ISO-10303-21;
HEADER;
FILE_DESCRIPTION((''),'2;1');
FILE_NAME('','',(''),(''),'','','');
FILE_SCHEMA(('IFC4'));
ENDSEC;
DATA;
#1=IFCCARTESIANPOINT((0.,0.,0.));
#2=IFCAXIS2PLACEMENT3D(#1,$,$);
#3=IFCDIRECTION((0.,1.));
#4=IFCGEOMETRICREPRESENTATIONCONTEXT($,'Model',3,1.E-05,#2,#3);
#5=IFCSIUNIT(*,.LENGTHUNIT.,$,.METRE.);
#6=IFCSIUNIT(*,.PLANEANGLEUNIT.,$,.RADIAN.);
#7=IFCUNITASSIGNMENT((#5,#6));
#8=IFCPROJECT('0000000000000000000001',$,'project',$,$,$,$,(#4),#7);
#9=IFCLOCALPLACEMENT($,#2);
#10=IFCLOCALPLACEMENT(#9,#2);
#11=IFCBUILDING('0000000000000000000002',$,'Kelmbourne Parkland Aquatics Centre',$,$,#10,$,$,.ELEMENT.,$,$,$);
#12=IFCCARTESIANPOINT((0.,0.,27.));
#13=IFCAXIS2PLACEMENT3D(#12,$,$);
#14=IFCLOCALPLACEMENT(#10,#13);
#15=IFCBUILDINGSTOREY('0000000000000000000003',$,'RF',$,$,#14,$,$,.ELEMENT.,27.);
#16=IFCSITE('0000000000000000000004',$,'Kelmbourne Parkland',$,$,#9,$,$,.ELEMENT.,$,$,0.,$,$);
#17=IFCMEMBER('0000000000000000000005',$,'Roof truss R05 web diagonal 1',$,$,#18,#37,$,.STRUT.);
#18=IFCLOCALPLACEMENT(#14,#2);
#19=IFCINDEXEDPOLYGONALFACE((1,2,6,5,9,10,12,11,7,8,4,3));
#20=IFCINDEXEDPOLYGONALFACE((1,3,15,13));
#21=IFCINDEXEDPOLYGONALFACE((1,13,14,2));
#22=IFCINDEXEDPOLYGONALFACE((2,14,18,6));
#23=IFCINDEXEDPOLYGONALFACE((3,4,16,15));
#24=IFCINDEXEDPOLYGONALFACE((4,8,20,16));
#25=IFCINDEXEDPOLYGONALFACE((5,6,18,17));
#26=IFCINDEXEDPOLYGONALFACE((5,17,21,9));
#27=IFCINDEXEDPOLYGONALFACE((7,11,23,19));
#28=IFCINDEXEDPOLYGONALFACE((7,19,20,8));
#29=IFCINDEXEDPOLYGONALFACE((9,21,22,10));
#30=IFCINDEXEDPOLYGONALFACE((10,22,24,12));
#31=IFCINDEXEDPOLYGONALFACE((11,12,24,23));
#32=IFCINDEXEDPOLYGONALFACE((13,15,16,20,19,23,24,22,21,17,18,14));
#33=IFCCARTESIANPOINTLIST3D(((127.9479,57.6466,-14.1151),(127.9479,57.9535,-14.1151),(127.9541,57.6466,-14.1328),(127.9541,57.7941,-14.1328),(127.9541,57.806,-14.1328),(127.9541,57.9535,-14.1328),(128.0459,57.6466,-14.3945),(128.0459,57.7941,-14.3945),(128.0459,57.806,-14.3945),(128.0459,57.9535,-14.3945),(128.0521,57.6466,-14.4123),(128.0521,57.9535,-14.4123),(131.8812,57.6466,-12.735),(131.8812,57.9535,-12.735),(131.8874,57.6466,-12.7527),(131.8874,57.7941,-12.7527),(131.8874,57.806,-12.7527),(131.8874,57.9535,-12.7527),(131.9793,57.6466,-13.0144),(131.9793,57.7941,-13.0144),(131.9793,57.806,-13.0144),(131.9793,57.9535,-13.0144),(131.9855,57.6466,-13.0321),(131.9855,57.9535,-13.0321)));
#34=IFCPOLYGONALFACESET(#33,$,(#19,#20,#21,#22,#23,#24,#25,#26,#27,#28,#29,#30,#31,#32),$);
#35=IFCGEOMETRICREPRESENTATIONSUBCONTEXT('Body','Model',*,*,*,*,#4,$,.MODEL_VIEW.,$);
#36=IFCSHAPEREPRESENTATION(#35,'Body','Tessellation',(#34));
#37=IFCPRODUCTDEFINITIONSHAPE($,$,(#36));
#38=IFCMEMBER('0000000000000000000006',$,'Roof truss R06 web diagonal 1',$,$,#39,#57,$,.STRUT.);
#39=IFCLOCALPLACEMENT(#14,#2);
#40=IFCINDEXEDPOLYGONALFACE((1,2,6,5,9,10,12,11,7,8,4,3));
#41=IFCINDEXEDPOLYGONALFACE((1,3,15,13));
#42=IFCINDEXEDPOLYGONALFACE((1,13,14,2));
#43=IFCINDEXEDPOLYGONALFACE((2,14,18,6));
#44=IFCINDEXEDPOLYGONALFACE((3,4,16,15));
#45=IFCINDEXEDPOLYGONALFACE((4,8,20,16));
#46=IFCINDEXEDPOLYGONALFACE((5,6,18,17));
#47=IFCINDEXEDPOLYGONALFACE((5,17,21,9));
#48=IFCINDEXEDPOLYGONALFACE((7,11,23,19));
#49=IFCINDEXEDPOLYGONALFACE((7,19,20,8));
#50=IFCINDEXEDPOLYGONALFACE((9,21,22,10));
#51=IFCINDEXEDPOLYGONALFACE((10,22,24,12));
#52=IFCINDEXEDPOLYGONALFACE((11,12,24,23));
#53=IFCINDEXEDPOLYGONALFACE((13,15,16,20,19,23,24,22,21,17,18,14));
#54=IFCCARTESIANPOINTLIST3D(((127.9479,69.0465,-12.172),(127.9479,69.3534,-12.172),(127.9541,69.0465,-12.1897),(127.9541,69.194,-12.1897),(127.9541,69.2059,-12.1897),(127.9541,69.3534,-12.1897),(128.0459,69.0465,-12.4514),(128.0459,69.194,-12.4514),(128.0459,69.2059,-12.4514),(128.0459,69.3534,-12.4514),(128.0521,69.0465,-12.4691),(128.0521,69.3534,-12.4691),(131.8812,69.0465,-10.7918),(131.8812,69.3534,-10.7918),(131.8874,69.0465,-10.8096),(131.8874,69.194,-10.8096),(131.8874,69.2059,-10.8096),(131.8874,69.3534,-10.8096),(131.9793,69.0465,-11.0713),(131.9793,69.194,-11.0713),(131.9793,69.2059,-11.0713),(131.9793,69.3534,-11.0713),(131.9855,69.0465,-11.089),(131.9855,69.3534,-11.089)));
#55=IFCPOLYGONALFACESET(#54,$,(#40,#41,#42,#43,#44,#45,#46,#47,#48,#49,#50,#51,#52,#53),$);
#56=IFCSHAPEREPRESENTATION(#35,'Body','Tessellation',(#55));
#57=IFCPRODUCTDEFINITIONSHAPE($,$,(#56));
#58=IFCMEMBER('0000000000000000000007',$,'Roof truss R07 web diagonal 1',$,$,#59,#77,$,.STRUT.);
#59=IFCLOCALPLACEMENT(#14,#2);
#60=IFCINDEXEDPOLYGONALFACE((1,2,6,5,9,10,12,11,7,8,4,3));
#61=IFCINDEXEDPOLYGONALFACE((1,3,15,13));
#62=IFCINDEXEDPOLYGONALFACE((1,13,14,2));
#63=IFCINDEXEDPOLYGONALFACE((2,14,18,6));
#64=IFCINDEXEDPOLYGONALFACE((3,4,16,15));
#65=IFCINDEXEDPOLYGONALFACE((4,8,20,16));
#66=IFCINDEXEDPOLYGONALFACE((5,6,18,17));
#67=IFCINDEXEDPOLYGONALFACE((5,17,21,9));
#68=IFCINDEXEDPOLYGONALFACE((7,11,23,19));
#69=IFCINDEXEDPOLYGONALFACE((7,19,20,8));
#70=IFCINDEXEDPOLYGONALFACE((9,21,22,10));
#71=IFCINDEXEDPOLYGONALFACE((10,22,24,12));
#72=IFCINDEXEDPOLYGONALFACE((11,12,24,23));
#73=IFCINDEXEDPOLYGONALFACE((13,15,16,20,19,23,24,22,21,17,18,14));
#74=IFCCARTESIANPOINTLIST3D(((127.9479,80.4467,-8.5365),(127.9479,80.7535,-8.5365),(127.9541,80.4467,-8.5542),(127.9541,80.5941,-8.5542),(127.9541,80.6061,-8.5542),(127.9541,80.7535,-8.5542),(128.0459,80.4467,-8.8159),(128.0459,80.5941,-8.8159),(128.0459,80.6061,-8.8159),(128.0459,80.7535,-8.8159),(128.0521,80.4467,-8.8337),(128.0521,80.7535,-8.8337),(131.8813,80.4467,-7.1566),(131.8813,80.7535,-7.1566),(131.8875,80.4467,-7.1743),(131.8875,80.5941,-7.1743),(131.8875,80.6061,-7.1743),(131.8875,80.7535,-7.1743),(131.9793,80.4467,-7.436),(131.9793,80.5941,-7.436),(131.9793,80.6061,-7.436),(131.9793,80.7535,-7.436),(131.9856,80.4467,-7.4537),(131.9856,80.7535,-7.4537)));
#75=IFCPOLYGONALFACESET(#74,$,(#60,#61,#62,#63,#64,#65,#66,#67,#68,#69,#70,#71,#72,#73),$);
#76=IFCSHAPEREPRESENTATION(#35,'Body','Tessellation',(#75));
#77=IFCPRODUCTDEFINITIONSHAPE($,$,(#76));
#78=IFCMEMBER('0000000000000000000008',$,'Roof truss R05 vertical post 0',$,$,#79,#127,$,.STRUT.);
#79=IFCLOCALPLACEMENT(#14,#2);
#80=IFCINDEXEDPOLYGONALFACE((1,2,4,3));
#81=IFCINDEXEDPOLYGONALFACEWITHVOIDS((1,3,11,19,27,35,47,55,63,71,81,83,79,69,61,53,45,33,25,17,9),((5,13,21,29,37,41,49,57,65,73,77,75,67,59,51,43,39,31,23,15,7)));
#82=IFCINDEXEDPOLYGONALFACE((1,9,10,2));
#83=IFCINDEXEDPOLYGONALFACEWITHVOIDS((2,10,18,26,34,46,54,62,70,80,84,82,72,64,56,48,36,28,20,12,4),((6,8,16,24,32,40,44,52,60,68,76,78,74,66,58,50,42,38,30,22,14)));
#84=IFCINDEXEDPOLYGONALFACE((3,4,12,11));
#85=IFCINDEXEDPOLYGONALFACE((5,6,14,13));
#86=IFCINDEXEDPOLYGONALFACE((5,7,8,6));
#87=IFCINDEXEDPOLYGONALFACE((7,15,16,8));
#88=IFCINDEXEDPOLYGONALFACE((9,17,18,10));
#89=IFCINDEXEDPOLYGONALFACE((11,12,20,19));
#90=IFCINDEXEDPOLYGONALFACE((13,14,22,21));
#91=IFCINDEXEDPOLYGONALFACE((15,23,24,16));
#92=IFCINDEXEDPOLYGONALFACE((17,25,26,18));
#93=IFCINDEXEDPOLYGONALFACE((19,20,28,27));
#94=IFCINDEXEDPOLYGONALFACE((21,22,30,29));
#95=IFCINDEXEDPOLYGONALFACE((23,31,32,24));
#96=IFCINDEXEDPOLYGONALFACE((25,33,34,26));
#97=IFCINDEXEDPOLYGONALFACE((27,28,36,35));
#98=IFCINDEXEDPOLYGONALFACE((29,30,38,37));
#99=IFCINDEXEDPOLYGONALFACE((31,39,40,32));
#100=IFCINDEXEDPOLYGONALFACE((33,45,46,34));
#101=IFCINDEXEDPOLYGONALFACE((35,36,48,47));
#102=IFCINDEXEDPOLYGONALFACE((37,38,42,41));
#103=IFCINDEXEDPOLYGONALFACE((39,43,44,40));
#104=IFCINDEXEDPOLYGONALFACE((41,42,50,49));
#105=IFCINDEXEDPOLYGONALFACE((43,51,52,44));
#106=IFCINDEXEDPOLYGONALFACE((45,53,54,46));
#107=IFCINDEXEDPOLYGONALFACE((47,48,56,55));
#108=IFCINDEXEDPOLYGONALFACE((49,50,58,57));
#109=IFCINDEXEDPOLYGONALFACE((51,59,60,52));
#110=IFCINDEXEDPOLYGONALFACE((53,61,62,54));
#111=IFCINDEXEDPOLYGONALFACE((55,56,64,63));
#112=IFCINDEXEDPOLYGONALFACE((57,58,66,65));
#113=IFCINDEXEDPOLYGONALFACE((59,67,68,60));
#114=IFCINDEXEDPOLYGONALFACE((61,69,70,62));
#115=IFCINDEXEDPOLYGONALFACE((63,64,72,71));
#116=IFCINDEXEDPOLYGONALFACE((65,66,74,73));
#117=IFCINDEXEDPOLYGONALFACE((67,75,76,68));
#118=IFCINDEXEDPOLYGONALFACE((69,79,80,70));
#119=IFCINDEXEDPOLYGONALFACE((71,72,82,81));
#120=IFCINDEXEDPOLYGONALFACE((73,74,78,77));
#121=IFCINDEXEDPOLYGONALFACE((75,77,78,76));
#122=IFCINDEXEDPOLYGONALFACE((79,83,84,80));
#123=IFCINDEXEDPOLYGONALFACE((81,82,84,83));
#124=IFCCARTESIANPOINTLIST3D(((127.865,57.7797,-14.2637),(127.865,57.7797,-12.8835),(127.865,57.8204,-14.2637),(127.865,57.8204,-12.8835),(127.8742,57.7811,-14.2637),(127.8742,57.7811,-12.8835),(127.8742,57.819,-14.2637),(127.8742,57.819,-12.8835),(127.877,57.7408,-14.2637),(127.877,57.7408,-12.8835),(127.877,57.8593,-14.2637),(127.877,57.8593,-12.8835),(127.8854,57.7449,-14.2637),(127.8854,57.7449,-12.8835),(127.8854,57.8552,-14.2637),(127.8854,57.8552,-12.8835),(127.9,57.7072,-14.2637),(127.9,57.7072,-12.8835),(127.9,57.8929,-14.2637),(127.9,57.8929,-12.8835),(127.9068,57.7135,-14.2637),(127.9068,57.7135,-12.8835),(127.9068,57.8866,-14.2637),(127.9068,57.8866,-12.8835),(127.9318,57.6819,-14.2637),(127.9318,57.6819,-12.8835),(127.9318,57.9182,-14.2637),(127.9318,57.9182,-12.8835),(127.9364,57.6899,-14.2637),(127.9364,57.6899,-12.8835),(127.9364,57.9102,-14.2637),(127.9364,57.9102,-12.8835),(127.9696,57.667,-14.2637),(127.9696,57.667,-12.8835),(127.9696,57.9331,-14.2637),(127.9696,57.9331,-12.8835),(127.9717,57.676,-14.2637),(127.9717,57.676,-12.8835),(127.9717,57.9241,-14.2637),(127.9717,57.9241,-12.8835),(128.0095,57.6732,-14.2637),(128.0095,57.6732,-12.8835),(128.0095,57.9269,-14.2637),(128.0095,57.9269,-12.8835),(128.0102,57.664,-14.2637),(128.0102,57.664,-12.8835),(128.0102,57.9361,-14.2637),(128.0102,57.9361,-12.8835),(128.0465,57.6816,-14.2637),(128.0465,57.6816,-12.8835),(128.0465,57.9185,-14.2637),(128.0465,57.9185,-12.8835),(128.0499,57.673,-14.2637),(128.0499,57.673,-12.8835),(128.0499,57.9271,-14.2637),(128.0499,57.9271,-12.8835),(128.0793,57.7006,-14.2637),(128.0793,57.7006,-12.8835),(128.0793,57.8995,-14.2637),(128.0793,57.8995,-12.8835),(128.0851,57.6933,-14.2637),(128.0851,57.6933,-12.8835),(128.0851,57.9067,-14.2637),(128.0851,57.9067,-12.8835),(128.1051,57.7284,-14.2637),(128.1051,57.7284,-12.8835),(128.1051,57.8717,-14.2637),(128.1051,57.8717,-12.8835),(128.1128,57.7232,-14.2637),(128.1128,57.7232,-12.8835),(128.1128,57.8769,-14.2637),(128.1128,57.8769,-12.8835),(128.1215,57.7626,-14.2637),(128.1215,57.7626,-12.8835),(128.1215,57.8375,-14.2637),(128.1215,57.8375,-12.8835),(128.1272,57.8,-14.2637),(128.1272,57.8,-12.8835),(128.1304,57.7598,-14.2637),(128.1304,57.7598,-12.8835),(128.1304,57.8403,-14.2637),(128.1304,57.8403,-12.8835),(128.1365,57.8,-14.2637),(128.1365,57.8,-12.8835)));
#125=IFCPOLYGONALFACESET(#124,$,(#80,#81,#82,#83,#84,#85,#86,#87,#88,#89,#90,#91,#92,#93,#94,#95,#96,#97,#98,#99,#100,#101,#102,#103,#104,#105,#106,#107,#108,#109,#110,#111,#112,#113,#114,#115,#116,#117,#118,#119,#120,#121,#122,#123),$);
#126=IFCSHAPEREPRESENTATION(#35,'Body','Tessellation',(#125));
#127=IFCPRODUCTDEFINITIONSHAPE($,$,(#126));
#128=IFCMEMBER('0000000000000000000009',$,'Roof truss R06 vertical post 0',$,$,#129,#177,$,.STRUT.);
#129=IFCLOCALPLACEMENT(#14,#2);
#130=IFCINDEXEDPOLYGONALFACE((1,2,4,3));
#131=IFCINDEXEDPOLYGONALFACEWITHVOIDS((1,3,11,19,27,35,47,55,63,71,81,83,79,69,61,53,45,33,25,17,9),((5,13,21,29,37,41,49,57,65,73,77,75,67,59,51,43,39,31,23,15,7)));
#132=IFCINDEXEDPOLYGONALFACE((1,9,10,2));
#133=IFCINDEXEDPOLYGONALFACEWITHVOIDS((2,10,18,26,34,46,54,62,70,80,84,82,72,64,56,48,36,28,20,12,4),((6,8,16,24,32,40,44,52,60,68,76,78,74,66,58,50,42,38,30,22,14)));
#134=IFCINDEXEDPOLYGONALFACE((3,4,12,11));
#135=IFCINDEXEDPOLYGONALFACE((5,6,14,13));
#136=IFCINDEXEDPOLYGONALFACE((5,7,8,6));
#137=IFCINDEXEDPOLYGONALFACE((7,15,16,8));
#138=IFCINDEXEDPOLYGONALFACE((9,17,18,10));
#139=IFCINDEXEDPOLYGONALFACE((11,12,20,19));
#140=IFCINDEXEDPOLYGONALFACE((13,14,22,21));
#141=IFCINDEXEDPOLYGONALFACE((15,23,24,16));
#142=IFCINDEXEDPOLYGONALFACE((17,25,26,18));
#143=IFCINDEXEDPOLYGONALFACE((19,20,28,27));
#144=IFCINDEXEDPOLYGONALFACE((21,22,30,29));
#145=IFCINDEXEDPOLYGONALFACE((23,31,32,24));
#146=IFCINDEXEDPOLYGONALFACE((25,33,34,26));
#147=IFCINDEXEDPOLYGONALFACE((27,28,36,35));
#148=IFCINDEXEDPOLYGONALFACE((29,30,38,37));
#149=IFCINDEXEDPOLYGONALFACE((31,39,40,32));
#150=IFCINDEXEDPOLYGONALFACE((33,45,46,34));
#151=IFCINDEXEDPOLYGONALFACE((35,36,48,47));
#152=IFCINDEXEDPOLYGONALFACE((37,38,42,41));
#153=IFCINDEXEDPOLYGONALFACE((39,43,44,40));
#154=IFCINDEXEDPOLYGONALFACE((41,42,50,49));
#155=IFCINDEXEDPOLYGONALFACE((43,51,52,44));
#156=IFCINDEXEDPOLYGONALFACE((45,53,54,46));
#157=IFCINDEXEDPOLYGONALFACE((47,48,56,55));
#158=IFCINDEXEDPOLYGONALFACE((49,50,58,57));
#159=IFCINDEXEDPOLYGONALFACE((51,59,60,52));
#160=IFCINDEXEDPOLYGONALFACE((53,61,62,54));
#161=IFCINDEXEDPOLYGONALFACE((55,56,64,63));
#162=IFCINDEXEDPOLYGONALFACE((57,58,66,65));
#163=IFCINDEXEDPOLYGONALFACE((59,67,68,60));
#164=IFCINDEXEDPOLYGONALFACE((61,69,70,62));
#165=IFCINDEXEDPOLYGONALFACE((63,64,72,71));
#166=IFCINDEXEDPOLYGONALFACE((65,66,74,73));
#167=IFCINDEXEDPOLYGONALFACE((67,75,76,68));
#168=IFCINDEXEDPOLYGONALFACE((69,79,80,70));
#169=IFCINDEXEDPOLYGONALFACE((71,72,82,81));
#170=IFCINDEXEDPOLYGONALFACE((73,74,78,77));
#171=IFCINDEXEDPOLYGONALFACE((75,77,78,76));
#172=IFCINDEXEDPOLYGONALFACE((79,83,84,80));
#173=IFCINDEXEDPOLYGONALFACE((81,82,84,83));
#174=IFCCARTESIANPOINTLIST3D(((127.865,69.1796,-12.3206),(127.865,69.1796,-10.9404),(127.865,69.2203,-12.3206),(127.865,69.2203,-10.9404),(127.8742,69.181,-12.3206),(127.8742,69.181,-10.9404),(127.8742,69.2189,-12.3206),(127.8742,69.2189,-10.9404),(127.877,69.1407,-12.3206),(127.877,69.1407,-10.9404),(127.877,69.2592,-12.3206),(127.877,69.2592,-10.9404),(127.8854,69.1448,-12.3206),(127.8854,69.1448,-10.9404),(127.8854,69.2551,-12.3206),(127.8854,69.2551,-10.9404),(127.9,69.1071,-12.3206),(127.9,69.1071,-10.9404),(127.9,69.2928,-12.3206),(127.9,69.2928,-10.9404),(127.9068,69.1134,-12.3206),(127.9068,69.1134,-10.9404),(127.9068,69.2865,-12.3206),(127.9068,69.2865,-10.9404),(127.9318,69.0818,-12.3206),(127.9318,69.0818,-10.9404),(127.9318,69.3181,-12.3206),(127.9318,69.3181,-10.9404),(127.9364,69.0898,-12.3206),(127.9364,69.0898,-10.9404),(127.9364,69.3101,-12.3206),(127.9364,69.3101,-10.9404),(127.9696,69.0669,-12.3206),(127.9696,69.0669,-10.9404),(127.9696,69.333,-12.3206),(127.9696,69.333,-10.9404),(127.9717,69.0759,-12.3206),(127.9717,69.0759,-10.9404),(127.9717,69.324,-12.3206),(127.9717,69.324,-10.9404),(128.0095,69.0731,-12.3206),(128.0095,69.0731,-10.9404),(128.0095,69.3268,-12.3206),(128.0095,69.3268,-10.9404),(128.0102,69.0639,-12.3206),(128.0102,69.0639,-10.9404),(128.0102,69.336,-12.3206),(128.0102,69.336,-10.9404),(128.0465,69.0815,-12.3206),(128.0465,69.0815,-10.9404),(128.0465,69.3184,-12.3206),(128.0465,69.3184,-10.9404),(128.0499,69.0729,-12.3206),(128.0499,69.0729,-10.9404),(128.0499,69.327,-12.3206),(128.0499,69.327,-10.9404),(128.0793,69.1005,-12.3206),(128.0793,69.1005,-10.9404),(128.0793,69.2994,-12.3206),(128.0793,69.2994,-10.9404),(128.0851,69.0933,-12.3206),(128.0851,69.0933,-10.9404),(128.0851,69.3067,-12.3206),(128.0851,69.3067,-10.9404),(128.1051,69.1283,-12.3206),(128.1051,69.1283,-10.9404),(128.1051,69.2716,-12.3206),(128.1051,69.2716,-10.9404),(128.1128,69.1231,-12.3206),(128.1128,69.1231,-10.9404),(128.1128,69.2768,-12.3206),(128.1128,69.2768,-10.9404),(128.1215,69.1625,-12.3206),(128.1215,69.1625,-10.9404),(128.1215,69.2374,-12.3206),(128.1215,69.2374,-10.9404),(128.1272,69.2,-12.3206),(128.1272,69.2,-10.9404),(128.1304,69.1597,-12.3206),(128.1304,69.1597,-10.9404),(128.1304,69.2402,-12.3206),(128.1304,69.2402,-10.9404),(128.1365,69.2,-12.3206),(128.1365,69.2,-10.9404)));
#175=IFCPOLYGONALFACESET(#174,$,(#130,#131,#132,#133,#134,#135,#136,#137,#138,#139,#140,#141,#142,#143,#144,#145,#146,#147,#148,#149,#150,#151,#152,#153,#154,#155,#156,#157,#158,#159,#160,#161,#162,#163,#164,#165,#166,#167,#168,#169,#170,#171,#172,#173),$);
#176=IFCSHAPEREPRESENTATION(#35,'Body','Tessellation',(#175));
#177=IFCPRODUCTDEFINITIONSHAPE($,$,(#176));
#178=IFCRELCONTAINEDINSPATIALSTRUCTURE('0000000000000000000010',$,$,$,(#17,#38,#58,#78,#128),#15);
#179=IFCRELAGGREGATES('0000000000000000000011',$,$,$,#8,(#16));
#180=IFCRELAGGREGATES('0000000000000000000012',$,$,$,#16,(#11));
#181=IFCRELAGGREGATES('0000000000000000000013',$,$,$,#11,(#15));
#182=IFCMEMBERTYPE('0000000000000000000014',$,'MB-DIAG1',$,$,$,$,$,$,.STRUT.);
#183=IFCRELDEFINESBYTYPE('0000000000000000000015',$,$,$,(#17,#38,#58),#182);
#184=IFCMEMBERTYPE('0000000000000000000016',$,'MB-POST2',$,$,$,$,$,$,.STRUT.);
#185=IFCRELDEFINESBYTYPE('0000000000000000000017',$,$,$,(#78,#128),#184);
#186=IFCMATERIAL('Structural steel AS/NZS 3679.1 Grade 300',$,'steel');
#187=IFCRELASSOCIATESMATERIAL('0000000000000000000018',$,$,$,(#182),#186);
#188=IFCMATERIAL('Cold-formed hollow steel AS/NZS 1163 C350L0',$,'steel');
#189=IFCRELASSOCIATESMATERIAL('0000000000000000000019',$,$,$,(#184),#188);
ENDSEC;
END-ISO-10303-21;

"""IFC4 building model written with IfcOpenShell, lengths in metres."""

from ifc_helpers import new_model, si_unit, direction, frame, origin, origin_2d, place, context, subcontext, project, spatial, hollow_circle, i_section, extrude, material, material_profile, profile_set, type_object, element, save


model = new_model("IFC4")

# Units and contexts
model_context = context("Model", 3, precision=1e-05, world=origin(), true_north=direction((0.0, 1.0)))
body_context = subcontext(model_context, "Body", "Model", "MODEL_VIEW")
ifc_project = project(units=[si_unit("LENGTHUNIT", "METRE"), si_unit("PLANEANGLEUNIT", "RADIAN")], contexts=[model_context])

# Site, building, storey
site_placement = place(None, origin())
site = spatial("IfcSite", under=ifc_project, at=site_placement, Name="Kelmbourne Parkland", CompositionType="ELEMENT", RefElevation=0.0)
building_placement = place(site_placement, origin())
building = spatial("IfcBuilding", under=site, at=building_placement, Name="Kelmbourne Parkland Aquatics Centre", CompositionType="ELEMENT")
storey_placement = place(building_placement, frame((0.0, 0.0, 27.0)))
storey = spatial("IfcBuildingStorey", under=building, at=storey_placement, Name="RF", CompositionType="ELEMENT", Elevation=27.0)

# Members
ifc_material_1 = material(Name="Structural steel AS/NZS 3679.1 Grade 300", Category="steel")
ifc_material_profile_1 = material_profile(ifc_material_1, i_section(OverallWidth=0.3069, OverallDepth=0.3149, WebThickness=0.012, FlangeThickness=0.0188, at=origin_2d()), Name="310UC118")
ifc_profile_set_1 = profile_set([ifc_material_profile_1], Name="Structural steel AS/NZS 3679.1 Grade 300")
member_type_1 = type_object("IfcMemberType", Name="MB-DIAG1", PredefinedType="STRUT", material=ifc_profile_set_1)
for number, where, z_axis, x_axis, name in (
    (1, (128.0, 57.8, -14.2637), (0.9436, 0.0, 0.331089), (0.0, 1.0, 0.0), "Roof truss R05 web diagonal 1"),
    (2, (128.0, 69.2, -12.3206), (0.9436, 0.0, 0.331089), (0.0, 1.0, 0.0), "Roof truss R06 web diagonal 1"),
    (3, (128.0, 80.6001, -8.6851), (0.943618, 0.0, 0.331036), (0.0, 1.0, 0.0), "Roof truss R07 web diagonal 1"),
):
    element("IfcMember", number, at=place(storey_placement, frame(where, z_axis=z_axis, x_axis=x_axis)), inside=storey, type_object=member_type_1, Name=name, PredefinedType="STRUT", context=body_context, shape_type="SweptSolid", body=[
        extrude(i_section(OverallWidth=0.3069, OverallDepth=0.3149, WebThickness=0.012, FlangeThickness=0.0188, at=origin_2d()), origin(), (0.0, 0.0, 1.0), 4.1685),
    ])
ifc_material_2 = material(Name="Cold-formed hollow steel AS/NZS 1163 C350L0", Category="steel")
ifc_material_profile_2 = material_profile(ifc_material_2, hollow_circle(Radius=0.1365, WallThickness=0.0093, at=origin_2d()), Name="CHS 273.1x9.3")
ifc_profile_set_2 = profile_set([ifc_material_profile_2], Name="Cold-formed hollow steel AS/NZS 1163 C350L0")
member_type_2 = type_object("IfcMemberType", Name="MB-POST2", PredefinedType="STRUT", material=ifc_profile_set_2)
for number, where, z_axis, x_axis, name in (
    (4, (128.0, 57.8, -14.2637), (0.0, 0.0, 1.0), (1.0, 0.0, 0.0), "Roof truss R05 vertical post 0"),
    (5, (128.0, 69.2, -12.3206), (0.0, 0.0, 1.0), (1.0, 0.0, 0.0), "Roof truss R06 vertical post 0"),
):
    element("IfcMember", number, at=place(storey_placement, frame(where, z_axis=z_axis, x_axis=x_axis)), inside=storey, type_object=member_type_2, Name=name, PredefinedType="STRUT", context=body_context, shape_type="SweptSolid", body=[
        extrude(hollow_circle(Radius=0.1365, WallThickness=0.0093, at=origin_2d()), origin(), (0.0, 0.0, 1.0), 1.3801),
    ])

save(model, "model.ifc")
